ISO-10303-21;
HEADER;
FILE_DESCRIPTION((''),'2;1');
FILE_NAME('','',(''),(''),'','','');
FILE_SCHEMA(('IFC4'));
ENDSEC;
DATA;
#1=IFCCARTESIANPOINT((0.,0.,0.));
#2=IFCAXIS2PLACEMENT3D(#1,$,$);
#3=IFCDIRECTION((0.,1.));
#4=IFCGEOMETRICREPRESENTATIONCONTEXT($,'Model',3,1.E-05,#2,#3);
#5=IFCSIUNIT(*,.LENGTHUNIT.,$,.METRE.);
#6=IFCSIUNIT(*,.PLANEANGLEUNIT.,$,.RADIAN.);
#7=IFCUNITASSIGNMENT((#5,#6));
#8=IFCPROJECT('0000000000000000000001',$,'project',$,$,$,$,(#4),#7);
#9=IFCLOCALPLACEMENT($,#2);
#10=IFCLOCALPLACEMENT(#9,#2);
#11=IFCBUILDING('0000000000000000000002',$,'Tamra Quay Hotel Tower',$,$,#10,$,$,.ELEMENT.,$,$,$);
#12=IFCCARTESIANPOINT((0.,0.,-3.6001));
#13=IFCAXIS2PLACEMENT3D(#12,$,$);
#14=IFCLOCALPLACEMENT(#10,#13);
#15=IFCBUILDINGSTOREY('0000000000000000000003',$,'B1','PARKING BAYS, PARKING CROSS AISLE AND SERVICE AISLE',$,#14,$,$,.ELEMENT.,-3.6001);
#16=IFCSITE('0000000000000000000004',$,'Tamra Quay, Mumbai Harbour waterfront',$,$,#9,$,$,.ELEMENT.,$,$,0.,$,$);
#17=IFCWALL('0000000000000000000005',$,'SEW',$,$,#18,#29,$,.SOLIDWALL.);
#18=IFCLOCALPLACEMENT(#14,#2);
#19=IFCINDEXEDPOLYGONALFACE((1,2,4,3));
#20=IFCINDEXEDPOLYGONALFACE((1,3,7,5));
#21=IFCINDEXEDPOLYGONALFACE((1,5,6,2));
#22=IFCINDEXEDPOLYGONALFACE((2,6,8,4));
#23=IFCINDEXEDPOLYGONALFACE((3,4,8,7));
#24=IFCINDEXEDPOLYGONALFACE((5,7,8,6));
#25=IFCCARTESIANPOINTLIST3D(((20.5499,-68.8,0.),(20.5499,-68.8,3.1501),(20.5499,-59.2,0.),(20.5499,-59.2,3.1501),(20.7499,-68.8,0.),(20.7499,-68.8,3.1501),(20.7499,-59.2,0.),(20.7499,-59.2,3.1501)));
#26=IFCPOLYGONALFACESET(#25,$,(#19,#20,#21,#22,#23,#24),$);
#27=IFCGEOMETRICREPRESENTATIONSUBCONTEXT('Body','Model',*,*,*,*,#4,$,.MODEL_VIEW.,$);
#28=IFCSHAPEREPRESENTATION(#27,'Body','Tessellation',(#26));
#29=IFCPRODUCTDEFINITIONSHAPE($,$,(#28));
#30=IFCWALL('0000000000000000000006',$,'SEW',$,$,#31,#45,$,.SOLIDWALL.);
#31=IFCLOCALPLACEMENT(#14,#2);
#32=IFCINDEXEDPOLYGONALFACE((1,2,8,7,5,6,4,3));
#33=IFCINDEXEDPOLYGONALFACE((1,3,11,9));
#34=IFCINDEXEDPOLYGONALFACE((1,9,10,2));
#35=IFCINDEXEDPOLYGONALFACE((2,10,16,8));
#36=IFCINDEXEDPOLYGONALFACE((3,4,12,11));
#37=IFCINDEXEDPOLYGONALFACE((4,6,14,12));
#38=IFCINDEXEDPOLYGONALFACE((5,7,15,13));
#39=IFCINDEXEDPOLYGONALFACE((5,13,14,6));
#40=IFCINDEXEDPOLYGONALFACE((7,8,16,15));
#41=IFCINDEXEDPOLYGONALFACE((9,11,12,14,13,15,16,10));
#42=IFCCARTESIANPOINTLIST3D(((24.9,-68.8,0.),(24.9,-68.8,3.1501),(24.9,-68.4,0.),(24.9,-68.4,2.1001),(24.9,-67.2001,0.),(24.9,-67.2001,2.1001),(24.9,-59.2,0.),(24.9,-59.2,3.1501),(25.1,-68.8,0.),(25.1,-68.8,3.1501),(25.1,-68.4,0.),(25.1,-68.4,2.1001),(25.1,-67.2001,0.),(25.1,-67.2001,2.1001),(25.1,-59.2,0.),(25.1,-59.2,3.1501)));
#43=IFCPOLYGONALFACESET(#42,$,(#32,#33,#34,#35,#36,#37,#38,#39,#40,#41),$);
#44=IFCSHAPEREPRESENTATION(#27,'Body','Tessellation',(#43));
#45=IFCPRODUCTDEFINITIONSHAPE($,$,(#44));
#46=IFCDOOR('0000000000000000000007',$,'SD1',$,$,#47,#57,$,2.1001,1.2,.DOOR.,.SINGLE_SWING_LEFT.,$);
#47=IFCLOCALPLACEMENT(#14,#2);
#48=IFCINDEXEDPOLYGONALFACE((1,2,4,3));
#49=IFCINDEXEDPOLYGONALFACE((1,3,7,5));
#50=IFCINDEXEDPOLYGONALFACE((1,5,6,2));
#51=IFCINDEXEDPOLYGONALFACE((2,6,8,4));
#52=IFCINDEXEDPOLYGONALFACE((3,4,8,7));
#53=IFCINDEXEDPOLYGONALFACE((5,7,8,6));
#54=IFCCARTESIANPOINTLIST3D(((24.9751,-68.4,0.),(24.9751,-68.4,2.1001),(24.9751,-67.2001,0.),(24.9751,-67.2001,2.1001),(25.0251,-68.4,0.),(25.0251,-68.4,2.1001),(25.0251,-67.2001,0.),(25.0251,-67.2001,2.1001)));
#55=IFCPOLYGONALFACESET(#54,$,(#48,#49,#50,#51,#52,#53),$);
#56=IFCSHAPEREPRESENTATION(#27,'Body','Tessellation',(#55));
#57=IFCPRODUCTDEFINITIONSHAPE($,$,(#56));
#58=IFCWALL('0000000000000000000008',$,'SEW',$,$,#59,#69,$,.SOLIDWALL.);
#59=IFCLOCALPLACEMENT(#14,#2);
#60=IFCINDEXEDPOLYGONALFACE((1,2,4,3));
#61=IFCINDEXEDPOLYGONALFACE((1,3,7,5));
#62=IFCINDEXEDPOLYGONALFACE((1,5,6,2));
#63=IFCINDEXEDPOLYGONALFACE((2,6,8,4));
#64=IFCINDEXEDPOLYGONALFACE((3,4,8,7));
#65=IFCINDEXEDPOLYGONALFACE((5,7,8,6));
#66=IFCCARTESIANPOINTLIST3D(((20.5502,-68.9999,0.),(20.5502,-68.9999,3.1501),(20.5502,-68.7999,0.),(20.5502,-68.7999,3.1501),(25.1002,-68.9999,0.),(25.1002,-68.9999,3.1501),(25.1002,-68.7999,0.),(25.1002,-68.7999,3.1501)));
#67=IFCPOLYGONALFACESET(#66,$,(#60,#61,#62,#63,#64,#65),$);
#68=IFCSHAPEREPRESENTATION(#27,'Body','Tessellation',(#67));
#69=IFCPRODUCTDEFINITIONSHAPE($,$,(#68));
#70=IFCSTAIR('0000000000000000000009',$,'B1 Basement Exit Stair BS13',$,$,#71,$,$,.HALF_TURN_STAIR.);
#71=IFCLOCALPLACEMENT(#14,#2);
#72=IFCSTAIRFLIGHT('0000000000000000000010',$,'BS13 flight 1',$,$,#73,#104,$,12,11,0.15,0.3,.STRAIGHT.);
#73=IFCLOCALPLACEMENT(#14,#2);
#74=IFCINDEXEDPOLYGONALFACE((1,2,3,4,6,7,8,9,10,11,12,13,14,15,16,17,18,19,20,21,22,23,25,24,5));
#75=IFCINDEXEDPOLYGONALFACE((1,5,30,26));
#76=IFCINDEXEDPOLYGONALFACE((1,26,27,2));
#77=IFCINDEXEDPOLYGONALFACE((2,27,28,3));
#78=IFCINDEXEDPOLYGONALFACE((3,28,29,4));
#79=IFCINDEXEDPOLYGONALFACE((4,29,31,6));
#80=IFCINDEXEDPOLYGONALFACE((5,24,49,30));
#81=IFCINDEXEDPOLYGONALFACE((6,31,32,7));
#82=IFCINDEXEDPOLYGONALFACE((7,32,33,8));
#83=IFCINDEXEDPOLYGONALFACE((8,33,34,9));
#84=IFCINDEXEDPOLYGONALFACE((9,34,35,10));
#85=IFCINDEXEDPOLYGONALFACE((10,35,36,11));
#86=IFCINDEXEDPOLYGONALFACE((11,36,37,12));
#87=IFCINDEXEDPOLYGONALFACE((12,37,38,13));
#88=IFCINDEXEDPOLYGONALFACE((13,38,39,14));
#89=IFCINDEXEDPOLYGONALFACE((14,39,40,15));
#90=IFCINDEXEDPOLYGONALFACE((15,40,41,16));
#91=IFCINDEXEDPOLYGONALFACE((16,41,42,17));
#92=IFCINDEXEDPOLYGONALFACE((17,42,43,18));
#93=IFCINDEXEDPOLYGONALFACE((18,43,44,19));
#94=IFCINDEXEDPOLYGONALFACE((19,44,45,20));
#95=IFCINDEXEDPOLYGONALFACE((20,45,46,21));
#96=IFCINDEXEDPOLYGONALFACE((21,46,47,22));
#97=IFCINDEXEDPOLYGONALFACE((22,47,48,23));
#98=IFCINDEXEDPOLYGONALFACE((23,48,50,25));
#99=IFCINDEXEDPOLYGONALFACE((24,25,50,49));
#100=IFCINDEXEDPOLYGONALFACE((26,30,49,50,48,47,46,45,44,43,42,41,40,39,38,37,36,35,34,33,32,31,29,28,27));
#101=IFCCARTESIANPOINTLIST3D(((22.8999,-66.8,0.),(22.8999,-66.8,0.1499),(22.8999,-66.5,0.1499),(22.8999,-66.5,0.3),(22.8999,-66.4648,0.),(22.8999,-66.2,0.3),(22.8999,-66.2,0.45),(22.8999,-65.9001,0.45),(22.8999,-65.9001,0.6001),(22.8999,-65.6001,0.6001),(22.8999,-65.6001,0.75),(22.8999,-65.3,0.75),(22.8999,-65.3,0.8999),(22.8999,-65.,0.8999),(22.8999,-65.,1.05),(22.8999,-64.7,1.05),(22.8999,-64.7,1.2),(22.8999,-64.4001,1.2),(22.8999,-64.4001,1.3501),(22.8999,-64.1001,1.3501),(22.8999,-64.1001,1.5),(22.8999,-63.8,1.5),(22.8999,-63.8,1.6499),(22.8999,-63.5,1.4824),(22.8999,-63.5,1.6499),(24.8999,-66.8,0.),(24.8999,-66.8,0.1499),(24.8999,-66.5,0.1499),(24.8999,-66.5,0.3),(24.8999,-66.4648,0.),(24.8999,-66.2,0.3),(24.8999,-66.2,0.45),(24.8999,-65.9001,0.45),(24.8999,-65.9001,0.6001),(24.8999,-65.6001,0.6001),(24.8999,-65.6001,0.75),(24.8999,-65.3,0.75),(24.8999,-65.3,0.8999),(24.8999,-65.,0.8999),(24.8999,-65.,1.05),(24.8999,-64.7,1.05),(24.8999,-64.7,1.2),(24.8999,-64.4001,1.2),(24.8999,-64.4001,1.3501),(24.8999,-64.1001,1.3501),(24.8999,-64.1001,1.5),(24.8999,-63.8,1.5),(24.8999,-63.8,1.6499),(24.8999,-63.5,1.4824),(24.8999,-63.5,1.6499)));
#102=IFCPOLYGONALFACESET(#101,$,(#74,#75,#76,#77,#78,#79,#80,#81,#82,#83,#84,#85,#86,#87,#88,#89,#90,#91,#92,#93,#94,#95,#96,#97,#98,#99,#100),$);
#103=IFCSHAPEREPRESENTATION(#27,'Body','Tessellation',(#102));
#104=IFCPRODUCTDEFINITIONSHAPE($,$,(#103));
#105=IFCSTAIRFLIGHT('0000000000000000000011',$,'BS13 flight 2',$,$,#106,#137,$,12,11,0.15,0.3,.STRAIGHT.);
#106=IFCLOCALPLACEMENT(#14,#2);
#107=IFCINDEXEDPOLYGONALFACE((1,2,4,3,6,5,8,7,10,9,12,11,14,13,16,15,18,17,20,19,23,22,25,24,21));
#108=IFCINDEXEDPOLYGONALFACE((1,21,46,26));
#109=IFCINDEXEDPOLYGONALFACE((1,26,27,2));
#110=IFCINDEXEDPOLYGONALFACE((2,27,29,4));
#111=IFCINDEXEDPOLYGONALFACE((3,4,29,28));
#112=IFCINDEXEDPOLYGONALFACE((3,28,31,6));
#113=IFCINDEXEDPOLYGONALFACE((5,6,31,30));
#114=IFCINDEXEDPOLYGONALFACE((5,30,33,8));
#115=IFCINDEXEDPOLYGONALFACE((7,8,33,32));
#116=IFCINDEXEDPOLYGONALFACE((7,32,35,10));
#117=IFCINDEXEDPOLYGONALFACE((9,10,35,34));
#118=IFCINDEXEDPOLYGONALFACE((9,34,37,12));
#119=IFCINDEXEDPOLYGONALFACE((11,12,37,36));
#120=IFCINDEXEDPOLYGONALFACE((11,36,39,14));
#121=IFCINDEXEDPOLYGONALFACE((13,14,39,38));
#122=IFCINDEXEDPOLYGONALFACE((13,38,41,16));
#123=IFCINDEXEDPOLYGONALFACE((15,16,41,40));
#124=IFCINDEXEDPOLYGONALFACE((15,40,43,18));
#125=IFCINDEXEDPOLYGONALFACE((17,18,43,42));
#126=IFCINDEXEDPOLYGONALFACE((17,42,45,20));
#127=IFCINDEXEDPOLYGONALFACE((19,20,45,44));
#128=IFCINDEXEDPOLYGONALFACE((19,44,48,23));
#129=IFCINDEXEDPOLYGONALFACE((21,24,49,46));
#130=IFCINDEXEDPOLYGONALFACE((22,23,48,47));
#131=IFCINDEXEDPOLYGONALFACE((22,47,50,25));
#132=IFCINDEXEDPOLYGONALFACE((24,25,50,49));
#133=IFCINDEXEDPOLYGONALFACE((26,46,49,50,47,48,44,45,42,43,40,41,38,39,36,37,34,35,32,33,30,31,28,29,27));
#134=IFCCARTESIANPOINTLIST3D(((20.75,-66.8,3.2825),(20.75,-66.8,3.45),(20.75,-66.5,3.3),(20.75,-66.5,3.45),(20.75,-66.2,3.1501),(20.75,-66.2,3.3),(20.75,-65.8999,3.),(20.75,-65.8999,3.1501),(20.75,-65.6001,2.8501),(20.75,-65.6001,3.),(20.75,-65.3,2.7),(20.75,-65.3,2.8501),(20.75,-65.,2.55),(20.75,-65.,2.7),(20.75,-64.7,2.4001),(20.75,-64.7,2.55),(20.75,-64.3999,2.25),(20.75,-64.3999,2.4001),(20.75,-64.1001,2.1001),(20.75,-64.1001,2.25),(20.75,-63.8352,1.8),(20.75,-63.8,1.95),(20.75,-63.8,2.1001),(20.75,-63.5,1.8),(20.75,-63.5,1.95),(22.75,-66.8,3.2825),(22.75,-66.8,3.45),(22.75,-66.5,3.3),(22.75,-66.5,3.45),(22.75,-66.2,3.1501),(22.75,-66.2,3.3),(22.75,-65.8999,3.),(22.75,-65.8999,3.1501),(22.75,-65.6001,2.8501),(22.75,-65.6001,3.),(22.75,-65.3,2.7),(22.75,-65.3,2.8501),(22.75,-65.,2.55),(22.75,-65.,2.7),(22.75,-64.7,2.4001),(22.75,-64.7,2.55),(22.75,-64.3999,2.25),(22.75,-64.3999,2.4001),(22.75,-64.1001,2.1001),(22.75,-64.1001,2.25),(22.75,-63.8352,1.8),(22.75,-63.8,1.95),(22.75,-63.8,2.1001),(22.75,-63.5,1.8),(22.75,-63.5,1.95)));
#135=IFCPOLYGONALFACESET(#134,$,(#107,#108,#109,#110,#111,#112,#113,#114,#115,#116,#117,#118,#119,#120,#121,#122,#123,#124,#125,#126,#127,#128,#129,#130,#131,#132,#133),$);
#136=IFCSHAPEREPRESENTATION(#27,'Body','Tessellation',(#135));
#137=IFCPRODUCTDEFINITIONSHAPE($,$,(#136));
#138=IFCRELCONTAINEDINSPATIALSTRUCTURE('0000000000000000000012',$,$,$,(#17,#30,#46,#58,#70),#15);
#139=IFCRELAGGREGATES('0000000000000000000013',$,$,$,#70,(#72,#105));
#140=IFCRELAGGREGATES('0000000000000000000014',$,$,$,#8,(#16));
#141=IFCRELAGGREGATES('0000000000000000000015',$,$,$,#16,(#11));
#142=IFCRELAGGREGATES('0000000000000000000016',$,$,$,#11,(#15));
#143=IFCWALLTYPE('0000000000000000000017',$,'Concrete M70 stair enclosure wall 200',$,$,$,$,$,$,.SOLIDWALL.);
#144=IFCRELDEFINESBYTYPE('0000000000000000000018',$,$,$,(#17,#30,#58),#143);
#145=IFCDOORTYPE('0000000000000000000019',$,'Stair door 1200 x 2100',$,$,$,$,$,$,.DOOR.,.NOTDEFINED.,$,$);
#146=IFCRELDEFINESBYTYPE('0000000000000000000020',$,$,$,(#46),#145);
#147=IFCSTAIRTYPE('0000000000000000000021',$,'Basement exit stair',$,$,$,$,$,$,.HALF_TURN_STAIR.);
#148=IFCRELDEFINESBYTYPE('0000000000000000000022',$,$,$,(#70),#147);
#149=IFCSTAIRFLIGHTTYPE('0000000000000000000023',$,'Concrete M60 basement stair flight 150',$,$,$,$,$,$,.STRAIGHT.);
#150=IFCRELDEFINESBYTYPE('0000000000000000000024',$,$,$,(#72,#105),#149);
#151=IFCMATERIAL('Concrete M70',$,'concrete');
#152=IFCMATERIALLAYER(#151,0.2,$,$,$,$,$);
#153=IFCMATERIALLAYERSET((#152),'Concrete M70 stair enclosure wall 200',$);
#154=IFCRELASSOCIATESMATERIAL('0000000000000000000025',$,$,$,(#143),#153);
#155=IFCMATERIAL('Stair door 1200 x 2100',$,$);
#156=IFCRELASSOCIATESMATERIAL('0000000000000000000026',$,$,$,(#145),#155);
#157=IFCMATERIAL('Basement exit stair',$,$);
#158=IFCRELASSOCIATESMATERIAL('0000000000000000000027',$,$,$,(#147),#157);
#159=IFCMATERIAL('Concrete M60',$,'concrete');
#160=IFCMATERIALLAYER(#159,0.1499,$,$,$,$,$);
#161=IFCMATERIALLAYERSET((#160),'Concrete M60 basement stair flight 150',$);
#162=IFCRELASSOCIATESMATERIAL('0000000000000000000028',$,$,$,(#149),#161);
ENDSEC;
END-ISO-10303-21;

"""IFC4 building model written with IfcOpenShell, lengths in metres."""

from ifc_helpers import new_model, si_unit, direction, frame, frame_2d, origin, place, context, subcontext, project, spatial, polyline, rectangle, outline, extrude, material, layer, layer_set, type_object, element, fill, aggregate, save


model = new_model("IFC4")

# Units and contexts
model_context = context("Model", 3, precision=1e-05, world=origin(), true_north=direction((0.0, 1.0)))
body_context = subcontext(model_context, "Body", "Model", "MODEL_VIEW")
ifc_project = project(units=[si_unit("LENGTHUNIT", "METRE"), si_unit("PLANEANGLEUNIT", "RADIAN")], contexts=[model_context])

# Site, building, storey
site_placement = place(None, origin())
site = spatial("IfcSite", under=ifc_project, at=site_placement, Name="Tamra Quay, Mumbai Harbour waterfront", CompositionType="ELEMENT", RefElevation=0.0)
building_placement = place(site_placement, origin())
building = spatial("IfcBuilding", under=site, at=building_placement, Name="Tamra Quay Hotel Tower", CompositionType="ELEMENT")
storey_placement = place(building_placement, frame((0.0, 0.0, -3.6001)))
storey = spatial("IfcBuildingStorey", under=building, at=storey_placement, Name="B1", Description="PARKING BAYS, PARKING CROSS AISLE AND SERVICE AISLE", CompositionType="ELEMENT", Elevation=-3.6001)

# Shared definitions
ifc_material_1 = material(Name="Concrete M70", Category="concrete")

# Wall
ifc_layer_1 = layer(ifc_material_1, 0.2)
ifc_layer_set_1 = layer_set([ifc_layer_1], Name="Concrete M70 stair enclosure wall 200")
wall_type_1 = type_object("IfcWallType", Name="Concrete M70 stair enclosure wall 200", PredefinedType="SOLIDWALL", material=ifc_layer_set_1)
wall_1_placement = place(storey_placement, frame((20.6499, -68.8, 0.0), z_axis=(0.0, 0.0, 1.0), x_axis=(0.0, 1.0, 0.0)))
element("IfcWall", 1, at=wall_1_placement, inside=storey, type_object=wall_type_1, Name="SEW", PredefinedType="SOLIDWALL", context=body_context, shape_type="SweptSolid", body=[
    extrude(rectangle(XDim=9.6001, YDim=0.2, at=frame_2d((4.8, 0.0))), origin(), (0.0, 0.0, 1.0), 3.1501),
])

# Wall, opening, door
wall_2_placement = place(storey_placement, frame((25.0, -68.8, 0.0), z_axis=(0.0, 0.0, 1.0), x_axis=(0.0, 1.0, 0.0)))
wall_2 = element("IfcWall", 2, at=wall_2_placement, inside=storey, type_object=wall_type_1, Name="SEW", PredefinedType="SOLIDWALL", context=body_context, shape_type="SweptSolid", body=[
    extrude(rectangle(XDim=9.6001, YDim=0.2, at=frame_2d((4.8, 0.0))), origin(), (0.0, 0.0, 1.0), 3.1501),
])
opening_1_placement = place(wall_2_placement, frame((0.3999, 0.0, 0.0)))
opening_1 = element("IfcOpeningElement", 3, at=opening_1_placement, cuts=wall_2, PredefinedType="OPENING", context=body_context, shape_type="SweptSolid", body=[
    extrude(rectangle(XDim=1.2, YDim=2.1001, at=frame_2d((0.6001, 1.05))), frame((0.0, 0.1099, 0.0), z_axis=(0.0, -1.0, 0.0), x_axis=(1.0, 0.0, 0.0)), (0.0, 0.0, 1.0), 0.22),
])
ifc_material_2 = material(Name="Stair door 1200 x 2100")
door_type_1 = type_object("IfcDoorType", Name="Stair door 1200 x 2100", OperationType="NOTDEFINED", PredefinedType="DOOR", material=ifc_material_2)
door_1_placement = place(opening_1_placement, origin())
door_1 = element("IfcDoor", 4, at=door_1_placement, inside=storey, type_object=door_type_1, Name="SD1", OperationType="SINGLE_SWING_LEFT", OverallHeight=2.1001, OverallWidth=1.2, PredefinedType="DOOR", context=body_context, shape_type="SweptSolid", body=[
    extrude(rectangle(XDim=1.2, YDim=2.1001, at=frame_2d((0.6001, 1.05))), frame((0.0, 0.0249, 0.0), z_axis=(0.0, -1.0, 0.0), x_axis=(1.0, 0.0, 0.0)), (0.0, 0.0, 1.0), 0.05),
])
fill(opening_1, door_1)

# Wall
wall_3_placement = place(storey_placement, frame((25.1001, -68.8999, 0.0), z_axis=(0.0, 0.0, 1.0), x_axis=(-1.0, 0.0, 0.0)))
element("IfcWall", 5, at=wall_3_placement, inside=storey, type_object=wall_type_1, Name="SEW", PredefinedType="SOLIDWALL", context=body_context, shape_type="SweptSolid", body=[
    extrude(rectangle(XDim=4.55, YDim=0.2, at=frame_2d((2.2749, 0.0))), origin(), (0.0, 0.0, 1.0), 3.1501),
])

# Stair, stair flights
ifc_material_3 = material(Name="Basement exit stair")
stair_type = type_object("IfcStairType", Name="Basement exit stair", PredefinedType="HALF_TURN_STAIR", material=ifc_material_3)
stair_placement = place(storey_placement, origin())
stair = element("IfcStair", 6, at=stair_placement, inside=storey, type_object=stair_type, Name="B1 Basement Exit Stair BS13", PredefinedType="HALF_TURN_STAIR")
ifc_material_4 = material(Name="Concrete M60", Category="concrete")
ifc_layer_2 = layer(ifc_material_4, 0.1499)
ifc_layer_set_2 = layer_set([ifc_layer_2], Name="Concrete M60 basement stair flight 150")
stair_flight_type = type_object("IfcStairFlightType", Name="Concrete M60 basement stair flight 150", PredefinedType="STRAIGHT", material=ifc_layer_set_2)
stair_flight_1_placement = place(storey_placement, frame((23.8999, -66.8, 0.0), z_axis=(0.0, 0.0, 1.0), x_axis=(0.0, 1.0, 0.0)))
stair_flight_1 = element("IfcStairFlight", 7, at=stair_flight_1_placement, type_object=stair_flight_type, Name="BS13 flight 1", NumberOfRisers=12, NumberOfTreads=11, PredefinedType="STRAIGHT", RiserHeight=0.15, TreadLength=0.3, context=body_context, shape_type="SweptSolid", body=[
    extrude(outline(polyline([(0.0, 0.0), (0.0, 0.1499), (0.3, 0.1499), (0.3, 0.3), (0.6001, 0.3), (0.6001, 0.45), (0.8999, 0.45), (0.8999, 0.6001), (1.2, 0.6001), (1.2, 0.75), (1.5, 0.75), (1.5, 0.8999), (1.8, 0.8999), (1.8, 1.05), (2.1001, 1.05), (2.1001, 1.2), (2.3999, 1.2), (2.3999, 1.3501), (2.7, 1.3501), (2.7, 1.5), (3.0, 1.5), (3.0, 1.6499), (3.3, 1.6499), (3.3, 1.8), (3.3, 1.4824), (0.3352, 0.0), (0.0, 0.0)])), frame((0.0, 1.0, 0.0), z_axis=(0.0, -1.0, 0.0), x_axis=(1.0, 0.0, 0.0)), (0.0, 0.0, 1.0), 2.0),
])
stair_flight_2_placement = place(storey_placement, frame((21.75, -63.5, 1.8), z_axis=(0.0, 0.0, 1.0), x_axis=(0.0, -1.0, 0.0)))
stair_flight_2 = element("IfcStairFlight", 8, at=stair_flight_2_placement, type_object=stair_flight_type, Name="BS13 flight 2", NumberOfRisers=12, NumberOfTreads=11, PredefinedType="STRAIGHT", RiserHeight=0.15, TreadLength=0.3, context=body_context, shape_type="SweptSolid", body=[
    extrude(outline(polyline([(0.0, 0.0), (0.0, 0.1499), (0.3, 0.1499), (0.3, 0.3), (0.6001, 0.3), (0.6001, 0.45), (0.8999, 0.45), (0.8999, 0.6001), (1.2, 0.6001), (1.2, 0.75), (1.5, 0.75), (1.5, 0.8999), (1.8, 0.8999), (1.8, 1.05), (2.1001, 1.05), (2.1001, 1.2), (2.3999, 1.2), (2.3999, 1.3501), (2.7, 1.3501), (2.7, 1.5), (3.0, 1.5), (3.0, 1.6499), (3.3, 1.6499), (3.3, 1.8), (3.3, 1.4824), (0.3352, 0.0), (0.0, 0.0)])), frame((0.0, 1.0, 0.0), z_axis=(0.0, -1.0, 0.0), x_axis=(1.0, 0.0, 0.0)), (0.0, 0.0, 1.0), 2.0),
])
aggregate(stair, [stair_flight_1, stair_flight_2])

save(model, "model.ifc")
